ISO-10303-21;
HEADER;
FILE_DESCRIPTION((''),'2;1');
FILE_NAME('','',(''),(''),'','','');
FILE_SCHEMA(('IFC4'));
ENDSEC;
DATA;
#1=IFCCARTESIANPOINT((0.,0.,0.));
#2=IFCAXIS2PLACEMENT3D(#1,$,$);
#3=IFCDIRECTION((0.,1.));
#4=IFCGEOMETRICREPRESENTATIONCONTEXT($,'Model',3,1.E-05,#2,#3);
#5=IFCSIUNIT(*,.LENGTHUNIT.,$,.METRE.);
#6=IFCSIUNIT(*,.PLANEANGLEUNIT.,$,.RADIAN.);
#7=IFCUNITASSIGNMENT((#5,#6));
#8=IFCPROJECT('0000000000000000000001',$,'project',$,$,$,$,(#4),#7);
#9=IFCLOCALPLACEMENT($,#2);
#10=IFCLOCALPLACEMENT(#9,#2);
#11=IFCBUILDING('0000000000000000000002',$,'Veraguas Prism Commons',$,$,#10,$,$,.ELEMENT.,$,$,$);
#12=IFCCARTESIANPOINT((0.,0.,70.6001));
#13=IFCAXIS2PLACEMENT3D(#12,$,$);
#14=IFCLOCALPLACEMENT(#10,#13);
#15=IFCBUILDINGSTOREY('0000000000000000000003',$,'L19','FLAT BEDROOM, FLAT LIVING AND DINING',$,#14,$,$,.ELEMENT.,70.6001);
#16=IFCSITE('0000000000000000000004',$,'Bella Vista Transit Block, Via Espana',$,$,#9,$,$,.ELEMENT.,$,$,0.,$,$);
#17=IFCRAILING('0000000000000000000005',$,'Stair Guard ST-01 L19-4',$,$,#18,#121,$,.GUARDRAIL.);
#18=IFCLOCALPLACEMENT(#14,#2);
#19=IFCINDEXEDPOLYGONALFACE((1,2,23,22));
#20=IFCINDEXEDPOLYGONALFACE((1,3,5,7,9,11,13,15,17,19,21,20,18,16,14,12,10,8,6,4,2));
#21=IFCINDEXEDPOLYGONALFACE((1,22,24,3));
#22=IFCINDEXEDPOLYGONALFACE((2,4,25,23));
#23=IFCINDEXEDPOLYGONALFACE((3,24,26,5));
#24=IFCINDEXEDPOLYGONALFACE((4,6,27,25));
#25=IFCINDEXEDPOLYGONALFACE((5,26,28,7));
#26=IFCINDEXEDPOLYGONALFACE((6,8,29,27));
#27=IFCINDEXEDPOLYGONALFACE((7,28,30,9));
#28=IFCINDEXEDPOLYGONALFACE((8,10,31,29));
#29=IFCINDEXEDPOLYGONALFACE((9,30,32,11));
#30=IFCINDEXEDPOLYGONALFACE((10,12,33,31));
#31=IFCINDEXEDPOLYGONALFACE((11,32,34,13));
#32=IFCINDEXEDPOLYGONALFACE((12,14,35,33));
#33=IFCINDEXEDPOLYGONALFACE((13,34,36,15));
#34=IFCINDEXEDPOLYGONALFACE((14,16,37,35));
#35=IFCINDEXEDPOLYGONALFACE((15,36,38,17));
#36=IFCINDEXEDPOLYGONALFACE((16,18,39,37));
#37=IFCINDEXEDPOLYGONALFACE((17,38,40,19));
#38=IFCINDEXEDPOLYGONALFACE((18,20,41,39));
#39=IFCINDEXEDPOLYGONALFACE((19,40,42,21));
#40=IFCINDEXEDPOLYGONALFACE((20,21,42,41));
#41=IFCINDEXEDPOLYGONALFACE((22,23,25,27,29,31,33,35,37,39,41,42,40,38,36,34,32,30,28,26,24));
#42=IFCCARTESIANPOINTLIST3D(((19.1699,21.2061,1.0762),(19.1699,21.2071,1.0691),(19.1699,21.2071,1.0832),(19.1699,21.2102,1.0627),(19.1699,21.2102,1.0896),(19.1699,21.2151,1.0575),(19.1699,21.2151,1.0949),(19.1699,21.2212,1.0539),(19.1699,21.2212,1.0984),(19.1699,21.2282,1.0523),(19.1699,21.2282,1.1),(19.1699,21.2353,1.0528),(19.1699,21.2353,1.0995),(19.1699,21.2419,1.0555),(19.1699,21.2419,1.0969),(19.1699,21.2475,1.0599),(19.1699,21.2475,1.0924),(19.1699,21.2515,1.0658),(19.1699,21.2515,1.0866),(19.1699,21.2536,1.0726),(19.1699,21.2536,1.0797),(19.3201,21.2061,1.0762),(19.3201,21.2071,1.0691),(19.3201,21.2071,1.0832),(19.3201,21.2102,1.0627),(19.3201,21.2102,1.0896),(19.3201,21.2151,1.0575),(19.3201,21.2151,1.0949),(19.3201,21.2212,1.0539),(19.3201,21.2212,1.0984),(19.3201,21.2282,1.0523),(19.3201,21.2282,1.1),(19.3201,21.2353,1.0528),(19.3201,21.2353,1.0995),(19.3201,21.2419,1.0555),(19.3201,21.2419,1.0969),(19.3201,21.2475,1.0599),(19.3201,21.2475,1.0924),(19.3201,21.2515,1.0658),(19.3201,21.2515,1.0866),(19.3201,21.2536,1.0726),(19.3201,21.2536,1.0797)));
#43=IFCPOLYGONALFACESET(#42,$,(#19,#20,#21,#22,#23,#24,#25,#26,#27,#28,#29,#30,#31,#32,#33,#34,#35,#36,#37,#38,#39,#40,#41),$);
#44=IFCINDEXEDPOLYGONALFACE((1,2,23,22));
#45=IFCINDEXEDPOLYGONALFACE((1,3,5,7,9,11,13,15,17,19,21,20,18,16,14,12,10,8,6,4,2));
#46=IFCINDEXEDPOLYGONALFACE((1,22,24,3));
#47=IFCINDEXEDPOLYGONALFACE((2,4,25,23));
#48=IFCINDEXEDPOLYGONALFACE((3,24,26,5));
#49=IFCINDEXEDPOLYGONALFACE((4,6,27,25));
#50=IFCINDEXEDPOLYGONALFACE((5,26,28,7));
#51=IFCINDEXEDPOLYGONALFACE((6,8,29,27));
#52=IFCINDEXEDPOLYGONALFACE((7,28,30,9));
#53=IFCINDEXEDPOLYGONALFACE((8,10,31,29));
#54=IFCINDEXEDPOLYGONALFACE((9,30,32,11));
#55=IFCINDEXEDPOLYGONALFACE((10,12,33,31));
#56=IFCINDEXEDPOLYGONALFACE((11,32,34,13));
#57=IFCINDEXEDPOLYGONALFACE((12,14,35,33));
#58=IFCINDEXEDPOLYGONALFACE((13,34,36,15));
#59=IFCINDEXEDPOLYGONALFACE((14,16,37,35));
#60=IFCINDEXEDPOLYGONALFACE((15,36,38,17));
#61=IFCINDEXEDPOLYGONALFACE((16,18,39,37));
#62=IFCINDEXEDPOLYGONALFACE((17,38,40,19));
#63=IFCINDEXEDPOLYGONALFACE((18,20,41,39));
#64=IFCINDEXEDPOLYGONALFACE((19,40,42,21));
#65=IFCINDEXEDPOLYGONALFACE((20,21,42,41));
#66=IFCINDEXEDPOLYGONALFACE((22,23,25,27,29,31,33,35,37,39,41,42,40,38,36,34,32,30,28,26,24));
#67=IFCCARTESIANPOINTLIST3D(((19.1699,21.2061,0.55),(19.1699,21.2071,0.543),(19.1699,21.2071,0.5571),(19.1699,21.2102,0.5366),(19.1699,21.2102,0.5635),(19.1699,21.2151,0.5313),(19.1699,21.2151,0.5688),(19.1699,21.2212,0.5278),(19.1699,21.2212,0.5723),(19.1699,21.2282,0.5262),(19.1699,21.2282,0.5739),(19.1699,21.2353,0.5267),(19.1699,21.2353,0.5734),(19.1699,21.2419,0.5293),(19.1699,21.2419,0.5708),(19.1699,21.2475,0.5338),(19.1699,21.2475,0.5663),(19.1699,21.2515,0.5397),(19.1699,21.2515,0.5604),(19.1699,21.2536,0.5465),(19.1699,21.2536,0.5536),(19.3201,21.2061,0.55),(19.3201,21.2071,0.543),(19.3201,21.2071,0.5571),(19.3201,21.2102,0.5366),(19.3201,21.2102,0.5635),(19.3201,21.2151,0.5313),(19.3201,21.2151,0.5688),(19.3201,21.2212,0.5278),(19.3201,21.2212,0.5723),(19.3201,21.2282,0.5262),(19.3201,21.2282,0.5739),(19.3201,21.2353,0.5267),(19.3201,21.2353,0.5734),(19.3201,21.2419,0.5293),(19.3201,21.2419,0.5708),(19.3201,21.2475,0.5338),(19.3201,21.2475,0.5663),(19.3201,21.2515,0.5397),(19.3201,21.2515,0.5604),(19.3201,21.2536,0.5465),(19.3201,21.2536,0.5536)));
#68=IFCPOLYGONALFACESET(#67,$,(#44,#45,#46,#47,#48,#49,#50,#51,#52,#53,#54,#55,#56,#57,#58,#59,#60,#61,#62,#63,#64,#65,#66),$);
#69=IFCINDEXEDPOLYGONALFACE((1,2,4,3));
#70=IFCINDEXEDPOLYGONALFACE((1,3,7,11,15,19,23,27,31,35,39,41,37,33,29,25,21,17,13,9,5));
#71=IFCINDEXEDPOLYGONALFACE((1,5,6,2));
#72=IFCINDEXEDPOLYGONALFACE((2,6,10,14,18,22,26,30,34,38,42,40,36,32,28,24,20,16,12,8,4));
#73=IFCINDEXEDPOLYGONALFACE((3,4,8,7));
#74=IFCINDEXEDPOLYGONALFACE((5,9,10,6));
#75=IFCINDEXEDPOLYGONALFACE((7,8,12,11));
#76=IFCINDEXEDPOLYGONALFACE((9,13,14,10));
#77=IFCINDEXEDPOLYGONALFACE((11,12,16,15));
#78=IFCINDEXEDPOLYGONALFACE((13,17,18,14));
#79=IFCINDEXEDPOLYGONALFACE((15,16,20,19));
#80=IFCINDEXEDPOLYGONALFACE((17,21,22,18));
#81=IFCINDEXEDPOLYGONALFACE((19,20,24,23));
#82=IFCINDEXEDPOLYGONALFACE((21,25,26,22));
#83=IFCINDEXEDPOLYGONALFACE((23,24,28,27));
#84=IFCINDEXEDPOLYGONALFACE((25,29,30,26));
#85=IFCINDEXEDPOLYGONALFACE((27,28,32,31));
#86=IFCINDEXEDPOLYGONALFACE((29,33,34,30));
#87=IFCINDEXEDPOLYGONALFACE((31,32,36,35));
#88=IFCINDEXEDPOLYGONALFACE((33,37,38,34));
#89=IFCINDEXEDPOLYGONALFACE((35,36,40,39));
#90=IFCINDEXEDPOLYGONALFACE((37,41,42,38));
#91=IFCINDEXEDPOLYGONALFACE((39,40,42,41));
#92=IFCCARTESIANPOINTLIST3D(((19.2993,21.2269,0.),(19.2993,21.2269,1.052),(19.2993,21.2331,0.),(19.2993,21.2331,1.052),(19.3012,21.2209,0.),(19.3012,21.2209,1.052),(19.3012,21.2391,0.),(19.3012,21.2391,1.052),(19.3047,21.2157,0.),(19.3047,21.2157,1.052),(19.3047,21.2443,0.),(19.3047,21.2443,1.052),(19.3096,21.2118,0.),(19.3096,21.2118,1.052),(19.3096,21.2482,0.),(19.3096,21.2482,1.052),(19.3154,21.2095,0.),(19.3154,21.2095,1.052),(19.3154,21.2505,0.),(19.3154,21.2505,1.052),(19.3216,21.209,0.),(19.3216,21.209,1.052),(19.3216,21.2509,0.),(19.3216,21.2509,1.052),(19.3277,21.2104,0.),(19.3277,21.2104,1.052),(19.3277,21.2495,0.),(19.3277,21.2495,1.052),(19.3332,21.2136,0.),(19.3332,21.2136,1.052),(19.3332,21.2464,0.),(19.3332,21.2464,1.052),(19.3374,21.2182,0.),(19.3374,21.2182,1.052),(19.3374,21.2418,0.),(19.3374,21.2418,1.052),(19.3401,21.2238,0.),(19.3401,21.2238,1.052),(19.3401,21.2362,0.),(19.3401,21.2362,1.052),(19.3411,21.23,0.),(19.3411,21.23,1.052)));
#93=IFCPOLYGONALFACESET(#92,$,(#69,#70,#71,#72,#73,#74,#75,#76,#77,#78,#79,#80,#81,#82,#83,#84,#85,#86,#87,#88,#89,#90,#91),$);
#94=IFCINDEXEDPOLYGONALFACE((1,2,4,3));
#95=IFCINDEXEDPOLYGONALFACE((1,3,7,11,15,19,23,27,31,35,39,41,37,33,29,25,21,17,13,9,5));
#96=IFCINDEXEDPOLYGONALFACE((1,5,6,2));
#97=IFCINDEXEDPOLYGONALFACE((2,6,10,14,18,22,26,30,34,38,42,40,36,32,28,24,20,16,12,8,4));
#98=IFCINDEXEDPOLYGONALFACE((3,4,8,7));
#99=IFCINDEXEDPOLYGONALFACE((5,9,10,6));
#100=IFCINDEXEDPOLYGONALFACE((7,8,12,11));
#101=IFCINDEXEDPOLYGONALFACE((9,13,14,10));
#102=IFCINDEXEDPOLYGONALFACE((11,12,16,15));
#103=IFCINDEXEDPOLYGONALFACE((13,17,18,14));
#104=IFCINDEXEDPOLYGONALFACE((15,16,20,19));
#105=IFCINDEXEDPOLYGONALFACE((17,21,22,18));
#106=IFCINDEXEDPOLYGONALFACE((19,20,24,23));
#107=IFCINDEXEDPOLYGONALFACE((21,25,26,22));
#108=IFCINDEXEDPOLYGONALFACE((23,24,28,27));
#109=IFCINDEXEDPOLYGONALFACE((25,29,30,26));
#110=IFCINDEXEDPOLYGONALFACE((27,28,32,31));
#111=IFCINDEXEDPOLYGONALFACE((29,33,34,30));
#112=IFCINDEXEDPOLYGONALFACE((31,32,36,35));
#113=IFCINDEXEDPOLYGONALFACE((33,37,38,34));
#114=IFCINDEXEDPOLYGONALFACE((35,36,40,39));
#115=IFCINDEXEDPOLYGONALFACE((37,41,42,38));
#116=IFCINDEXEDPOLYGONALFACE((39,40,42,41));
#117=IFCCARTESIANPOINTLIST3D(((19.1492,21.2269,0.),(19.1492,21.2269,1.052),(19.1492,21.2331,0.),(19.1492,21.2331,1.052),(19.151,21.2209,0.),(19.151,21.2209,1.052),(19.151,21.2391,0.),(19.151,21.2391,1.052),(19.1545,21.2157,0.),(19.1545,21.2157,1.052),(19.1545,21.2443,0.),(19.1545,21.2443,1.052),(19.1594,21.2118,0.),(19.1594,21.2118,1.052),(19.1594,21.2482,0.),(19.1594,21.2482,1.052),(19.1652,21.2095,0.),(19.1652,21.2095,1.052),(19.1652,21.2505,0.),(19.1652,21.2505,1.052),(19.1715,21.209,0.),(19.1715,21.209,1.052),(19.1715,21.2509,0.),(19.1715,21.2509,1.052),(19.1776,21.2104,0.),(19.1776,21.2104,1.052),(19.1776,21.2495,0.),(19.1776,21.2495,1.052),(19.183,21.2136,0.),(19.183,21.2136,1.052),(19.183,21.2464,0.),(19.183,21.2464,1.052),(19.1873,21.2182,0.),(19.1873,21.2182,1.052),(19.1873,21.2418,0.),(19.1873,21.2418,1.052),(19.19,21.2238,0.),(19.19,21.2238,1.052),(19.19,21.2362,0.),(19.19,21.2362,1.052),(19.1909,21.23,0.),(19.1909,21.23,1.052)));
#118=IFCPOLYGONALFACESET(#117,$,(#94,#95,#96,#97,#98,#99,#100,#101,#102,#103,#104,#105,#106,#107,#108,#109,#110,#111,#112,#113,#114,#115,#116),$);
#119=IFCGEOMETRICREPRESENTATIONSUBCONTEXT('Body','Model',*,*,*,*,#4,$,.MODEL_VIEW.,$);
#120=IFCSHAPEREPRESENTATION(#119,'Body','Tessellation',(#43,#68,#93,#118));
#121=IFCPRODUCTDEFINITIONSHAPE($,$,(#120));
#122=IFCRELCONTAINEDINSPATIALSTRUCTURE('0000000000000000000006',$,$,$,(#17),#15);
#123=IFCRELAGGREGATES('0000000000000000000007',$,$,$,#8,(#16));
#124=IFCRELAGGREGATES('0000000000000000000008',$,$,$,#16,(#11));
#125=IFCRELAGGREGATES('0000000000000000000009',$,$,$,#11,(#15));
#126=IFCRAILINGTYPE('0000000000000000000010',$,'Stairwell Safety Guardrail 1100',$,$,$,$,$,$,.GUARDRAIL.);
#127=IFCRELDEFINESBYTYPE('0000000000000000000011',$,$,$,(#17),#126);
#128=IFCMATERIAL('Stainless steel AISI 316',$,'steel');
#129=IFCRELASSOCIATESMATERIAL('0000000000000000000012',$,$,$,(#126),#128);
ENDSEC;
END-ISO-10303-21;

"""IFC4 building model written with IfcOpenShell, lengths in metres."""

from ifc_helpers import new_model, si_unit, direction, frame, origin, origin_2d, place, context, subcontext, project, spatial, circle, extrude, material, type_object, element, save


model = new_model("IFC4")

# Units and contexts
model_context = context("Model", 3, precision=1e-05, world=origin(), true_north=direction((0.0, 1.0)))
body_context = subcontext(model_context, "Body", "Model", "MODEL_VIEW")
ifc_project = project(units=[si_unit("LENGTHUNIT", "METRE"), si_unit("PLANEANGLEUNIT", "RADIAN")], contexts=[model_context])

# Site, building, storey
site_placement = place(None, origin())
site = spatial("IfcSite", under=ifc_project, at=site_placement, Name="Bella Vista Transit Block, Via Espana", CompositionType="ELEMENT", RefElevation=0.0)
building_placement = place(site_placement, origin())
building = spatial("IfcBuilding", under=site, at=building_placement, Name="Veraguas Prism Commons", CompositionType="ELEMENT")
storey_placement = place(building_placement, frame((0.0, 0.0, 70.6001)))
storey = spatial("IfcBuildingStorey", under=building, at=storey_placement, Name="L19", Description="FLAT BEDROOM, FLAT LIVING AND DINING", CompositionType="ELEMENT", Elevation=70.6001)

# Railing
ifc_material_1 = material(Name="Stainless steel AISI 316", Category="steel")
railing_type_1 = type_object("IfcRailingType", Name="Stairwell Safety Guardrail 1100", PredefinedType="GUARDRAIL", material=ifc_material_1)
railing_1_placement = place(storey_placement, frame((19.3201, 21.23, 0.0)))
element("IfcRailing", 1, at=railing_1_placement, inside=storey, type_object=railing_type_1, Name="Stair Guard ST-01 L19-4", PredefinedType="GUARDRAIL", context=body_context, shape_type="SweptSolid", body=[
    extrude(circle(Radius=0.0239, at=origin_2d()), frame((0.0, 0.0, 1.0762), z_axis=(-1.0, 0.0, 0.0), x_axis=(0.0, -1.0, 0.0)), (0.0, 0.0, 1.0), 0.1501),
    extrude(circle(Radius=0.0239, at=origin_2d()), frame((0.0, 0.0, 0.55), z_axis=(-1.0, 0.0, 0.0), x_axis=(0.0, -1.0, 0.0)), (0.0, 0.0, 1.0), 0.1501),
    extrude(circle(Radius=0.021, at=origin_2d()), origin(), (0.0, 0.0, 1.0), 1.052),
    extrude(circle(Radius=0.021, at=origin_2d()), frame((-0.1501, 0.0, 0.0)), (0.0, 0.0, 1.0), 1.052),
])

save(model, "model.ifc")
